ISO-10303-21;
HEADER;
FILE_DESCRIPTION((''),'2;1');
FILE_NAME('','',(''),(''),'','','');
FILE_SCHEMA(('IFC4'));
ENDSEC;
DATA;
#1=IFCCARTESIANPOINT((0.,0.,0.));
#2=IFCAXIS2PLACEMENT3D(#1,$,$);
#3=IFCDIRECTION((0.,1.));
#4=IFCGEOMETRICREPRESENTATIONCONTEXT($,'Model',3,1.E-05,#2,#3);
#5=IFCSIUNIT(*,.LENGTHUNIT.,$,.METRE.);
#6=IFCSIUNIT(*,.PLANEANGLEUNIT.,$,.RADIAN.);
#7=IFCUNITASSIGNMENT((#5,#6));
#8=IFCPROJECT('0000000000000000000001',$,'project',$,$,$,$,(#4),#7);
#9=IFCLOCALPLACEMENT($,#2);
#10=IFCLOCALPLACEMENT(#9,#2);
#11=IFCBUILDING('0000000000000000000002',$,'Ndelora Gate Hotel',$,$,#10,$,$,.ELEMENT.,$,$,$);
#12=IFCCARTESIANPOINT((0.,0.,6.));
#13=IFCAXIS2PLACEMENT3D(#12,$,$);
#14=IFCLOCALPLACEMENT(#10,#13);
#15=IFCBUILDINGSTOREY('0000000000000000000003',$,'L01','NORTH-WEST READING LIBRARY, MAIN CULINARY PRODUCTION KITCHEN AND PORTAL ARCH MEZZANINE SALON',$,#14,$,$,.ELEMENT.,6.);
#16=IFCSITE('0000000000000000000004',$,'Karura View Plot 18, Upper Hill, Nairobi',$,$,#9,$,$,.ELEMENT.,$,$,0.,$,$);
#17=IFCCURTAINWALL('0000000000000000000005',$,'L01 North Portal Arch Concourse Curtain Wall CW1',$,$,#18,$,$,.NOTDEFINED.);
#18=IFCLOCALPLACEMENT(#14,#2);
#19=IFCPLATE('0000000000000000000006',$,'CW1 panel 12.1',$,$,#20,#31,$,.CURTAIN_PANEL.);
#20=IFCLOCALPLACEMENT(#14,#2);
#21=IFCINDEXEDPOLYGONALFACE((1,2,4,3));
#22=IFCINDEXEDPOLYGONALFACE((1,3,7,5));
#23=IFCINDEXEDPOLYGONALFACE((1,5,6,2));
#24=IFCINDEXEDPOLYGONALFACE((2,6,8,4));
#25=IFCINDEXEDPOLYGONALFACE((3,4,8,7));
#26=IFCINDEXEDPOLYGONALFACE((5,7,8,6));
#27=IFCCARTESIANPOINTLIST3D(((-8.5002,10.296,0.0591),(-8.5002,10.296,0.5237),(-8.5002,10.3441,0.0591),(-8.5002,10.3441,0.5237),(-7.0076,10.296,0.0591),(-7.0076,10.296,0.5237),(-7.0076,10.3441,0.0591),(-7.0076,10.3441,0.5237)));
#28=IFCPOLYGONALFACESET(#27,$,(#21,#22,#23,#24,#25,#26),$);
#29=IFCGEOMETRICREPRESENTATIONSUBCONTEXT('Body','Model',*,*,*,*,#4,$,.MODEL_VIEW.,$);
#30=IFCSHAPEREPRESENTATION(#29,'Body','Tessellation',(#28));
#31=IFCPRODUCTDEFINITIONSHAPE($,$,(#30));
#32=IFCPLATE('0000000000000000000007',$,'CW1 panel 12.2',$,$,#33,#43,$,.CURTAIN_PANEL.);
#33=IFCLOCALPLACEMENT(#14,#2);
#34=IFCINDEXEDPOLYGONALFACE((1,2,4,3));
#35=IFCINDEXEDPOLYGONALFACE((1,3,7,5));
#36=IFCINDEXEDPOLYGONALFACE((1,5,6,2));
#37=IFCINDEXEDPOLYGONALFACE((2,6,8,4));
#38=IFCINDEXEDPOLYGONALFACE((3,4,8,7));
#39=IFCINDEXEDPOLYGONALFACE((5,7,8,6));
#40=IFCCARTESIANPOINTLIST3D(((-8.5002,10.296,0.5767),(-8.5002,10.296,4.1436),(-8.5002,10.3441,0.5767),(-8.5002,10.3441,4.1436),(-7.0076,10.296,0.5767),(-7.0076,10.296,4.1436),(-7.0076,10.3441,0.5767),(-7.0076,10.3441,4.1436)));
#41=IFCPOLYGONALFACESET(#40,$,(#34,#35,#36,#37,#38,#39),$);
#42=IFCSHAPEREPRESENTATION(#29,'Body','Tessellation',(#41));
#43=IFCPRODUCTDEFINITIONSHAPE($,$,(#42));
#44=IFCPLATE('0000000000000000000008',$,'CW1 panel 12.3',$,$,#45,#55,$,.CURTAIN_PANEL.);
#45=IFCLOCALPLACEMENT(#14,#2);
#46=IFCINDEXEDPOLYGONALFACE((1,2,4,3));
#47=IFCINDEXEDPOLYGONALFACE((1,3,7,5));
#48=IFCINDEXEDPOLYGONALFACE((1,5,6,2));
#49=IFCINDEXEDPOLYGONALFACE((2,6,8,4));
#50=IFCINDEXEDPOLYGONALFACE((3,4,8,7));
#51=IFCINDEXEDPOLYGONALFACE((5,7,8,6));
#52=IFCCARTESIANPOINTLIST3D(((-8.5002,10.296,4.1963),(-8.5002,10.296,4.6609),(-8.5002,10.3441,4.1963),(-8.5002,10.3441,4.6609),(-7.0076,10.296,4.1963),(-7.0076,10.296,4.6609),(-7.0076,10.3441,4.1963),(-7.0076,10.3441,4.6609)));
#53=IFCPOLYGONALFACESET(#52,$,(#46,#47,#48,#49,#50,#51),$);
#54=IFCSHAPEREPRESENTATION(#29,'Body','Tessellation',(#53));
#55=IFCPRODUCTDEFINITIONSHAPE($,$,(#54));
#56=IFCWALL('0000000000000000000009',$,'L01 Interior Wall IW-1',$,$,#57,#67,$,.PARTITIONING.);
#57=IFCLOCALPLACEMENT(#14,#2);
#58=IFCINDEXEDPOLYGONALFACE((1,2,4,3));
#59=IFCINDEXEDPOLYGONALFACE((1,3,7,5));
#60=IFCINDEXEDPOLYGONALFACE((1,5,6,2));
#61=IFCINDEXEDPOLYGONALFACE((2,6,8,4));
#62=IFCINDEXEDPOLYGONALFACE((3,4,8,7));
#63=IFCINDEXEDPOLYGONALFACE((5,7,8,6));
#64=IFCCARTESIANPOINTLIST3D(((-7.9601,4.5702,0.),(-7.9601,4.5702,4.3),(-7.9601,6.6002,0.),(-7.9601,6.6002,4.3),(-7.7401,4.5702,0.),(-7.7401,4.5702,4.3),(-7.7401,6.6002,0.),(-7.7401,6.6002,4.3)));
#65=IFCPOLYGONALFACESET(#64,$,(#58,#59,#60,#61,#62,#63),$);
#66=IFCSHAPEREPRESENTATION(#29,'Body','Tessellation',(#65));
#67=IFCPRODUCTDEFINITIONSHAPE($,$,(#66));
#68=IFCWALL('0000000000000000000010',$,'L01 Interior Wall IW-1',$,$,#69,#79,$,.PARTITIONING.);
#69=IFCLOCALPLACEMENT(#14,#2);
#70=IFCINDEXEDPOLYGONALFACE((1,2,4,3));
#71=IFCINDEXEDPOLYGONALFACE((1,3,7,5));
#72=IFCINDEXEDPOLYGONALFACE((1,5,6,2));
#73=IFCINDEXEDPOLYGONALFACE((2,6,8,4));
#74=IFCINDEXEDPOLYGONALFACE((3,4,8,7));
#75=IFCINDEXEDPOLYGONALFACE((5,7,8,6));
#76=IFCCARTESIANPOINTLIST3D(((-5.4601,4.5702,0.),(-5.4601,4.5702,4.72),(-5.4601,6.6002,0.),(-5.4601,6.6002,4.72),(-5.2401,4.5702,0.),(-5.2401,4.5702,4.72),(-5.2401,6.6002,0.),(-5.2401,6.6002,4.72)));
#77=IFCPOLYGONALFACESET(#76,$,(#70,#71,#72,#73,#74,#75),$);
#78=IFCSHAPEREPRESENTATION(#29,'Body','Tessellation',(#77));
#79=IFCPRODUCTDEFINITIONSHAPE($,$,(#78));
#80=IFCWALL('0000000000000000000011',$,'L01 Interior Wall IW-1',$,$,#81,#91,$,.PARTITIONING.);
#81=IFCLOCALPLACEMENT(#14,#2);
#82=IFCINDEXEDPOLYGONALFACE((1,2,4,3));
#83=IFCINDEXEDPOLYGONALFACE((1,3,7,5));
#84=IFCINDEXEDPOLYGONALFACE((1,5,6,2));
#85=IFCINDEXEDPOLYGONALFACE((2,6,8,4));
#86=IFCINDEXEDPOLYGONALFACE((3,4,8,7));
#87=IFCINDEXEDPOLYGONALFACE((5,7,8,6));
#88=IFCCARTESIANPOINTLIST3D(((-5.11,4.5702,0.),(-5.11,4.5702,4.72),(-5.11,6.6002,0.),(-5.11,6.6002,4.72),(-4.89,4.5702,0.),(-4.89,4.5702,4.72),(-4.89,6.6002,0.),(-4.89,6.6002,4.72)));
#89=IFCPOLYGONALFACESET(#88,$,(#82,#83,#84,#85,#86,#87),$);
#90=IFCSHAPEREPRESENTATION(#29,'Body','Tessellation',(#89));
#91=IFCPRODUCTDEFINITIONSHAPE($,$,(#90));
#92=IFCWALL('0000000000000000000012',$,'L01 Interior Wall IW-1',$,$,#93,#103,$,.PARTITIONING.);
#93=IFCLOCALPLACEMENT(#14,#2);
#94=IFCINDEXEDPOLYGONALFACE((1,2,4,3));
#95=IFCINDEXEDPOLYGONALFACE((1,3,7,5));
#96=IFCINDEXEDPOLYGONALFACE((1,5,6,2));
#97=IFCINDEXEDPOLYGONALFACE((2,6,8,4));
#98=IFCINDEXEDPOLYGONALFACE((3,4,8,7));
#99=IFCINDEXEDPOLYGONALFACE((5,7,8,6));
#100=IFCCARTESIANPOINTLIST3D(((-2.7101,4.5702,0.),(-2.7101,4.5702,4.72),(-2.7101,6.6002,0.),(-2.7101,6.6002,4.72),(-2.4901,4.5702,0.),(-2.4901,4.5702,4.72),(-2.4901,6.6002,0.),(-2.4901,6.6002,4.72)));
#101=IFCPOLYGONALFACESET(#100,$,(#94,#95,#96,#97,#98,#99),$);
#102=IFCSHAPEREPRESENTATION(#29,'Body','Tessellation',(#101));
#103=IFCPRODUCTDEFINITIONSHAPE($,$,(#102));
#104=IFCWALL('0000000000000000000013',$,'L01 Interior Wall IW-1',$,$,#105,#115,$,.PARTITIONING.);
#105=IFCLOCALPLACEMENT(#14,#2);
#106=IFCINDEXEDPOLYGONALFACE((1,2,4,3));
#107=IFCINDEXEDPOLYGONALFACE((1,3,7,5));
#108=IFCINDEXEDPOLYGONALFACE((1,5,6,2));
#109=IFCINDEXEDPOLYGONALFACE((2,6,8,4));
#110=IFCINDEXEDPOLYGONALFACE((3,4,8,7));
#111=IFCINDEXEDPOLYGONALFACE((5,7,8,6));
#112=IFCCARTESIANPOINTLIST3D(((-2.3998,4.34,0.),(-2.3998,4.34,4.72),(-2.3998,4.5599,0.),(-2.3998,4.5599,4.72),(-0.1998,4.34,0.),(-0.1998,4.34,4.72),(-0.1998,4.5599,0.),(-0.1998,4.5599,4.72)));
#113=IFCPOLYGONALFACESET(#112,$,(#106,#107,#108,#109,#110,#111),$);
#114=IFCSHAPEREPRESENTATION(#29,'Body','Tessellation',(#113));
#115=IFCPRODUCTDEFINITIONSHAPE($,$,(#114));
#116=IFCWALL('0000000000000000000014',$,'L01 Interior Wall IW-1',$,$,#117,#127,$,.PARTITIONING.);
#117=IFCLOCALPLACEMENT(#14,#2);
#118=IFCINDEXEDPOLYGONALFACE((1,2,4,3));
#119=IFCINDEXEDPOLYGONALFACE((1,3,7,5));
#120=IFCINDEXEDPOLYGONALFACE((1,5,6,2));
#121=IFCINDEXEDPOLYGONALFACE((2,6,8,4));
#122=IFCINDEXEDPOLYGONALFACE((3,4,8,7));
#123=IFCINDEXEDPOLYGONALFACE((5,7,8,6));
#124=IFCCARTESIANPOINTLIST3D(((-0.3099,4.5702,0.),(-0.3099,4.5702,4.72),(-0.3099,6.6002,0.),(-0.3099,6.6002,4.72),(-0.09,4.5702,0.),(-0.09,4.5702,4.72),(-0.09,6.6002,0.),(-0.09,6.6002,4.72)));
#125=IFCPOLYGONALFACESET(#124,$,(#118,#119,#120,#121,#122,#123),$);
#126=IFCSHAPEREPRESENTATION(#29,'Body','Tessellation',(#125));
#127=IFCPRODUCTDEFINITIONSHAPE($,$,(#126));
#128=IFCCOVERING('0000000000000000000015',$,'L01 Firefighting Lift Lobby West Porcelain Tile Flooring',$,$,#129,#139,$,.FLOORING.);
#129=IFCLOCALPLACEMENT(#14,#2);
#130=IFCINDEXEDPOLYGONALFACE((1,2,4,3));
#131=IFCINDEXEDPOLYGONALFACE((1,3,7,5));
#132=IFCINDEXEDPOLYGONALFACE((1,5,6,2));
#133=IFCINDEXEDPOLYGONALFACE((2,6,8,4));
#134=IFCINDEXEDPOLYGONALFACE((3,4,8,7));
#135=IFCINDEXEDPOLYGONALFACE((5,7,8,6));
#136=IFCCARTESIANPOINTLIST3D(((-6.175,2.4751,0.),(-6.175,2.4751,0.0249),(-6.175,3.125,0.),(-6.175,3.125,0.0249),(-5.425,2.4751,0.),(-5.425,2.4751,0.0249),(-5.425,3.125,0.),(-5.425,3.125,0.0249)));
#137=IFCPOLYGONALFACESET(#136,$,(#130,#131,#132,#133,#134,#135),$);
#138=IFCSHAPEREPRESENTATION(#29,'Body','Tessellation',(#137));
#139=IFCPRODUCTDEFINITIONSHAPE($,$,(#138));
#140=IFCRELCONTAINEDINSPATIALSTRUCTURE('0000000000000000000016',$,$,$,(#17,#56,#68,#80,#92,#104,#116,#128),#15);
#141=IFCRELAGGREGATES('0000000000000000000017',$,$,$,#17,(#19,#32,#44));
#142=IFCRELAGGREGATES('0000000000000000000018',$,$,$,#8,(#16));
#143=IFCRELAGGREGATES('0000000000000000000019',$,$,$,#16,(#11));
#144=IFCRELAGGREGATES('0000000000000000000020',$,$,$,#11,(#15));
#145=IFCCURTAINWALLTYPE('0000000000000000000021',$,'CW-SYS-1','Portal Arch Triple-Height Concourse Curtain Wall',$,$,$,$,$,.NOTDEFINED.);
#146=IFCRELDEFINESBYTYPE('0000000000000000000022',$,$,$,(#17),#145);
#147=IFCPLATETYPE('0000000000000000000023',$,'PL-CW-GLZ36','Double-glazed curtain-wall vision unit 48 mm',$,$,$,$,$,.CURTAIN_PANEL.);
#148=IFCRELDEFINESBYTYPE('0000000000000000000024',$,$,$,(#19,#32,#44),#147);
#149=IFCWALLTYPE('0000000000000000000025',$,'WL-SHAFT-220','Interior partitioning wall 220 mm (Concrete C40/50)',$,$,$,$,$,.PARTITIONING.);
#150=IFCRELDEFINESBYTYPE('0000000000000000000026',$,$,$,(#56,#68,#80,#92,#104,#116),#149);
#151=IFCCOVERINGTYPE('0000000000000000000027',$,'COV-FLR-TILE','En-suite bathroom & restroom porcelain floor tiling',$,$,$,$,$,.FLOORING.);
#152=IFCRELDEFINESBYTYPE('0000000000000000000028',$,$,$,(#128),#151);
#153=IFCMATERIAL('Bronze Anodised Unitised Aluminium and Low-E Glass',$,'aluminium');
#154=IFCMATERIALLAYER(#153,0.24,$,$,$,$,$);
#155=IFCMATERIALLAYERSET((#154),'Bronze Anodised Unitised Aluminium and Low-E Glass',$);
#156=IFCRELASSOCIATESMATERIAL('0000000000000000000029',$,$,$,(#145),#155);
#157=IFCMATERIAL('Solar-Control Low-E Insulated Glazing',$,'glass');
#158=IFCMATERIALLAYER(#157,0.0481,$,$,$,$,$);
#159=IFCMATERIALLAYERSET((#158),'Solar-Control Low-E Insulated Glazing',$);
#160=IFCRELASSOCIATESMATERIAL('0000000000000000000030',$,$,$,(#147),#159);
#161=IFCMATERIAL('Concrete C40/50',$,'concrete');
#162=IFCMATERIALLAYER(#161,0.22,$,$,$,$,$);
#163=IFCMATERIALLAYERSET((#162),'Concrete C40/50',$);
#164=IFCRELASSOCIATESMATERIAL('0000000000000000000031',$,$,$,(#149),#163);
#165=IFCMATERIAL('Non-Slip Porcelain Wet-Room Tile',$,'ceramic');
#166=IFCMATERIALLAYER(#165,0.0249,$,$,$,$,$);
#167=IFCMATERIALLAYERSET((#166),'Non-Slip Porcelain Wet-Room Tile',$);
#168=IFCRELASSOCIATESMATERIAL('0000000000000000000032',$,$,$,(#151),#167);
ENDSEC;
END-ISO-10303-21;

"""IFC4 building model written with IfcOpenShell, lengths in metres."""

from ifc_helpers import new_model, si_unit, direction, frame, frame_2d, origin, origin_2d, place, context, subcontext, project, spatial, rectangle, extrude, material, layer, layer_set, type_object, element, aggregate, save


model = new_model("IFC4")

# Units and contexts
model_context = context("Model", 3, precision=1e-05, world=origin(), true_north=direction((0.0, 1.0)))
body_context = subcontext(model_context, "Body", "Model", "MODEL_VIEW")
ifc_project = project(units=[si_unit("LENGTHUNIT", "METRE"), si_unit("PLANEANGLEUNIT", "RADIAN")], contexts=[model_context])

# Site, building, storey
site_placement = place(None, origin())
site = spatial("IfcSite", under=ifc_project, at=site_placement, Name="Karura View Plot 18, Upper Hill, Nairobi", CompositionType="ELEMENT", RefElevation=0.0)
building_placement = place(site_placement, origin())
building = spatial("IfcBuilding", under=site, at=building_placement, Name="Ndelora Gate Hotel", CompositionType="ELEMENT")
storey_placement = place(building_placement, frame((0.0, 0.0, 6.0)))
storey = spatial("IfcBuildingStorey", under=building, at=storey_placement, Name="L01", Description="NORTH-WEST READING LIBRARY, MAIN CULINARY PRODUCTION KITCHEN AND PORTAL ARCH MEZZANINE SALON", CompositionType="ELEMENT", Elevation=6.0)

# Curtain wall, plates
ifc_material_1 = material(Name="Bronze Anodised Unitised Aluminium and Low-E Glass", Category="aluminium")
ifc_layer_1 = layer(ifc_material_1, 0.24)
ifc_layer_set_1 = layer_set([ifc_layer_1], Name="Bronze Anodised Unitised Aluminium and Low-E Glass")
curtain_wall_type = type_object("IfcCurtainWallType", Name="CW-SYS-1", Description="Portal Arch Triple-Height Concourse Curtain Wall", PredefinedType="NOTDEFINED", material=ifc_layer_set_1)
curtain_wall_placement = place(storey_placement, origin())
curtain_wall = element("IfcCurtainWall", 1, at=curtain_wall_placement, inside=storey, type_object=curtain_wall_type, Name="L01 North Portal Arch Concourse Curtain Wall CW1", PredefinedType="NOTDEFINED")
ifc_material_2 = material(Name="Solar-Control Low-E Insulated Glazing", Category="glass")
ifc_layer_2 = layer(ifc_material_2, 0.0481)
ifc_layer_set_2 = layer_set([ifc_layer_2], Name="Solar-Control Low-E Insulated Glazing")
plate_type = type_object("IfcPlateType", Name="PL-CW-GLZ36", Description="Double-glazed curtain-wall vision unit 48 mm", PredefinedType="CURTAIN_PANEL", material=ifc_layer_set_2)
plate_1_placement = place(storey_placement, frame((-7.7539, 10.3201, 0.0591), z_axis=(0.0, 0.0, 1.0), x_axis=(-1.0, 0.0, 0.0)))
plate_1 = element("IfcPlate", 2, at=plate_1_placement, type_object=plate_type, Name="CW1 panel 12.1", PredefinedType="CURTAIN_PANEL", context=body_context, shape_type="SweptSolid", body=[
    extrude(rectangle(XDim=1.4927, YDim=0.0481, at=origin_2d()), origin(), (0.0, 0.0, 1.0), 0.4646),
])
plate_2_placement = place(storey_placement, frame((-7.7539, 10.3201, 0.5767), z_axis=(0.0, 0.0, 1.0), x_axis=(-1.0, 0.0, 0.0)))
plate_2 = element("IfcPlate", 3, at=plate_2_placement, type_object=plate_type, Name="CW1 panel 12.2", PredefinedType="CURTAIN_PANEL", context=body_context, shape_type="SweptSolid", body=[
    extrude(rectangle(XDim=1.4927, YDim=0.0481, at=origin_2d()), origin(), (0.0, 0.0, 1.0), 3.5669),
])
plate_3_placement = place(storey_placement, frame((-7.7539, 10.3201, 4.1963), z_axis=(0.0, 0.0, 1.0), x_axis=(-1.0, 0.0, 0.0)))
plate_3 = element("IfcPlate", 4, at=plate_3_placement, type_object=plate_type, Name="CW1 panel 12.3", PredefinedType="CURTAIN_PANEL", context=body_context, shape_type="SweptSolid", body=[
    extrude(rectangle(XDim=1.4927, YDim=0.0481, at=origin_2d()), origin(), (0.0, 0.0, 1.0), 0.4646),
])
aggregate(curtain_wall, [plate_1, plate_2, plate_3])

# Shared definitions
ifc_material_3 = material(Name="Concrete C40/50", Category="concrete")
ifc_layer_3 = layer(ifc_material_3, 0.22)
ifc_layer_set_3 = layer_set([ifc_layer_3], Name="Concrete C40/50")
wall_type_1 = type_object("IfcWallType", Name="WL-SHAFT-220", Description="Interior partitioning wall 220 mm (Concrete C40/50)", PredefinedType="PARTITIONING", material=ifc_layer_set_3)

# Walls
wall_1_placement = place(storey_placement, frame((-7.8501, 4.5701, 0.0), z_axis=(0.0, 0.0, 1.0), x_axis=(0.0, 1.0, 0.0)))
element("IfcWall", 5, at=wall_1_placement, inside=storey, type_object=wall_type_1, Name="L01 Interior Wall IW-1", PredefinedType="PARTITIONING", context=body_context, shape_type="SweptSolid", body=[
    extrude(rectangle(XDim=2.03, YDim=0.22, at=frame_2d((1.0151, 0.0))), origin(), (0.0, 0.0, 1.0), 4.3),
])
wall_2_placement = place(storey_placement, frame((-5.3501, 4.5701, 0.0), z_axis=(0.0, 0.0, 1.0), x_axis=(0.0, 1.0, 0.0)))
element("IfcWall", 6, at=wall_2_placement, inside=storey, type_object=wall_type_1, Name="L01 Interior Wall IW-1", PredefinedType="PARTITIONING", context=body_context, shape_type="SweptSolid", body=[
    extrude(rectangle(XDim=2.03, YDim=0.22, at=frame_2d((1.0151, 0.0))), origin(), (0.0, 0.0, 1.0), 4.72),
])

# Walls
for number, where, z_axis, x_axis, name in (
    (7, (-5.0, 4.5701, 0.0), (0.0, 0.0, 1.0), (0.0, 1.0, 0.0), "L01 Interior Wall IW-1"),
    (8, (-2.6001, 4.5701, 0.0), (0.0, 0.0, 1.0), (0.0, 1.0, 0.0), "L01 Interior Wall IW-1"),
):
    element("IfcWall", number, at=place(storey_placement, frame(where, z_axis=z_axis, x_axis=x_axis)), inside=storey, type_object=wall_type_1, Name=name, PredefinedType="PARTITIONING", context=body_context, shape_type="SweptSolid", body=[
        extrude(rectangle(XDim=2.03, YDim=0.22, at=frame_2d((1.0151, 0.0))), origin(), (0.0, 0.0, 1.0), 4.72),
    ])
wall_3_placement = place(storey_placement, frame((-2.3999, 4.45, 0.0), z_axis=(0.0, 0.0, 1.0), x_axis=(1.0, 0.0, 0.0)))
element("IfcWall", 9, at=wall_3_placement, inside=storey, type_object=wall_type_1, Name="L01 Interior Wall IW-1", PredefinedType="PARTITIONING", context=body_context, shape_type="SweptSolid", body=[
    extrude(rectangle(XDim=2.2, YDim=0.22, at=frame_2d((1.1001, 0.0))), origin(), (0.0, 0.0, 1.0), 4.72),
])
wall_4_placement = place(storey_placement, frame((-0.2, 4.5701, 0.0), z_axis=(0.0, 0.0, 1.0), x_axis=(0.0, 1.0, 0.0)))
element("IfcWall", 10, at=wall_4_placement, inside=storey, type_object=wall_type_1, Name="L01 Interior Wall IW-1", PredefinedType="PARTITIONING", context=body_context, shape_type="SweptSolid", body=[
    extrude(rectangle(XDim=2.03, YDim=0.22, at=frame_2d((1.0151, 0.0))), origin(), (0.0, 0.0, 1.0), 4.72),
])

# Covering
ifc_material_4 = material(Name="Non-Slip Porcelain Wet-Room Tile", Category="ceramic")
ifc_layer_4 = layer(ifc_material_4, 0.0249)
ifc_layer_set_4 = layer_set([ifc_layer_4], Name="Non-Slip Porcelain Wet-Room Tile")
covering_type = type_object("IfcCoveringType", Name="COV-FLR-TILE", Description="En-suite bathroom & restroom porcelain floor tiling", PredefinedType="FLOORING", material=ifc_layer_set_4)
covering_placement = place(storey_placement, frame((-5.8, 2.8, 0.0), z_axis=(0.0, 0.0, 1.0), x_axis=(1.0, 0.0, 0.0)))
element("IfcCovering", 11, at=covering_placement, inside=storey, type_object=covering_type, Name="L01 Firefighting Lift Lobby West Porcelain Tile Flooring", PredefinedType="FLOORING", context=body_context, shape_type="SweptSolid", body=[
    extrude(rectangle(XDim=0.75, YDim=0.6499, at=origin_2d()), origin(), (0.0, 0.0, 1.0), 0.0249),
])

save(model, "model.ifc")
